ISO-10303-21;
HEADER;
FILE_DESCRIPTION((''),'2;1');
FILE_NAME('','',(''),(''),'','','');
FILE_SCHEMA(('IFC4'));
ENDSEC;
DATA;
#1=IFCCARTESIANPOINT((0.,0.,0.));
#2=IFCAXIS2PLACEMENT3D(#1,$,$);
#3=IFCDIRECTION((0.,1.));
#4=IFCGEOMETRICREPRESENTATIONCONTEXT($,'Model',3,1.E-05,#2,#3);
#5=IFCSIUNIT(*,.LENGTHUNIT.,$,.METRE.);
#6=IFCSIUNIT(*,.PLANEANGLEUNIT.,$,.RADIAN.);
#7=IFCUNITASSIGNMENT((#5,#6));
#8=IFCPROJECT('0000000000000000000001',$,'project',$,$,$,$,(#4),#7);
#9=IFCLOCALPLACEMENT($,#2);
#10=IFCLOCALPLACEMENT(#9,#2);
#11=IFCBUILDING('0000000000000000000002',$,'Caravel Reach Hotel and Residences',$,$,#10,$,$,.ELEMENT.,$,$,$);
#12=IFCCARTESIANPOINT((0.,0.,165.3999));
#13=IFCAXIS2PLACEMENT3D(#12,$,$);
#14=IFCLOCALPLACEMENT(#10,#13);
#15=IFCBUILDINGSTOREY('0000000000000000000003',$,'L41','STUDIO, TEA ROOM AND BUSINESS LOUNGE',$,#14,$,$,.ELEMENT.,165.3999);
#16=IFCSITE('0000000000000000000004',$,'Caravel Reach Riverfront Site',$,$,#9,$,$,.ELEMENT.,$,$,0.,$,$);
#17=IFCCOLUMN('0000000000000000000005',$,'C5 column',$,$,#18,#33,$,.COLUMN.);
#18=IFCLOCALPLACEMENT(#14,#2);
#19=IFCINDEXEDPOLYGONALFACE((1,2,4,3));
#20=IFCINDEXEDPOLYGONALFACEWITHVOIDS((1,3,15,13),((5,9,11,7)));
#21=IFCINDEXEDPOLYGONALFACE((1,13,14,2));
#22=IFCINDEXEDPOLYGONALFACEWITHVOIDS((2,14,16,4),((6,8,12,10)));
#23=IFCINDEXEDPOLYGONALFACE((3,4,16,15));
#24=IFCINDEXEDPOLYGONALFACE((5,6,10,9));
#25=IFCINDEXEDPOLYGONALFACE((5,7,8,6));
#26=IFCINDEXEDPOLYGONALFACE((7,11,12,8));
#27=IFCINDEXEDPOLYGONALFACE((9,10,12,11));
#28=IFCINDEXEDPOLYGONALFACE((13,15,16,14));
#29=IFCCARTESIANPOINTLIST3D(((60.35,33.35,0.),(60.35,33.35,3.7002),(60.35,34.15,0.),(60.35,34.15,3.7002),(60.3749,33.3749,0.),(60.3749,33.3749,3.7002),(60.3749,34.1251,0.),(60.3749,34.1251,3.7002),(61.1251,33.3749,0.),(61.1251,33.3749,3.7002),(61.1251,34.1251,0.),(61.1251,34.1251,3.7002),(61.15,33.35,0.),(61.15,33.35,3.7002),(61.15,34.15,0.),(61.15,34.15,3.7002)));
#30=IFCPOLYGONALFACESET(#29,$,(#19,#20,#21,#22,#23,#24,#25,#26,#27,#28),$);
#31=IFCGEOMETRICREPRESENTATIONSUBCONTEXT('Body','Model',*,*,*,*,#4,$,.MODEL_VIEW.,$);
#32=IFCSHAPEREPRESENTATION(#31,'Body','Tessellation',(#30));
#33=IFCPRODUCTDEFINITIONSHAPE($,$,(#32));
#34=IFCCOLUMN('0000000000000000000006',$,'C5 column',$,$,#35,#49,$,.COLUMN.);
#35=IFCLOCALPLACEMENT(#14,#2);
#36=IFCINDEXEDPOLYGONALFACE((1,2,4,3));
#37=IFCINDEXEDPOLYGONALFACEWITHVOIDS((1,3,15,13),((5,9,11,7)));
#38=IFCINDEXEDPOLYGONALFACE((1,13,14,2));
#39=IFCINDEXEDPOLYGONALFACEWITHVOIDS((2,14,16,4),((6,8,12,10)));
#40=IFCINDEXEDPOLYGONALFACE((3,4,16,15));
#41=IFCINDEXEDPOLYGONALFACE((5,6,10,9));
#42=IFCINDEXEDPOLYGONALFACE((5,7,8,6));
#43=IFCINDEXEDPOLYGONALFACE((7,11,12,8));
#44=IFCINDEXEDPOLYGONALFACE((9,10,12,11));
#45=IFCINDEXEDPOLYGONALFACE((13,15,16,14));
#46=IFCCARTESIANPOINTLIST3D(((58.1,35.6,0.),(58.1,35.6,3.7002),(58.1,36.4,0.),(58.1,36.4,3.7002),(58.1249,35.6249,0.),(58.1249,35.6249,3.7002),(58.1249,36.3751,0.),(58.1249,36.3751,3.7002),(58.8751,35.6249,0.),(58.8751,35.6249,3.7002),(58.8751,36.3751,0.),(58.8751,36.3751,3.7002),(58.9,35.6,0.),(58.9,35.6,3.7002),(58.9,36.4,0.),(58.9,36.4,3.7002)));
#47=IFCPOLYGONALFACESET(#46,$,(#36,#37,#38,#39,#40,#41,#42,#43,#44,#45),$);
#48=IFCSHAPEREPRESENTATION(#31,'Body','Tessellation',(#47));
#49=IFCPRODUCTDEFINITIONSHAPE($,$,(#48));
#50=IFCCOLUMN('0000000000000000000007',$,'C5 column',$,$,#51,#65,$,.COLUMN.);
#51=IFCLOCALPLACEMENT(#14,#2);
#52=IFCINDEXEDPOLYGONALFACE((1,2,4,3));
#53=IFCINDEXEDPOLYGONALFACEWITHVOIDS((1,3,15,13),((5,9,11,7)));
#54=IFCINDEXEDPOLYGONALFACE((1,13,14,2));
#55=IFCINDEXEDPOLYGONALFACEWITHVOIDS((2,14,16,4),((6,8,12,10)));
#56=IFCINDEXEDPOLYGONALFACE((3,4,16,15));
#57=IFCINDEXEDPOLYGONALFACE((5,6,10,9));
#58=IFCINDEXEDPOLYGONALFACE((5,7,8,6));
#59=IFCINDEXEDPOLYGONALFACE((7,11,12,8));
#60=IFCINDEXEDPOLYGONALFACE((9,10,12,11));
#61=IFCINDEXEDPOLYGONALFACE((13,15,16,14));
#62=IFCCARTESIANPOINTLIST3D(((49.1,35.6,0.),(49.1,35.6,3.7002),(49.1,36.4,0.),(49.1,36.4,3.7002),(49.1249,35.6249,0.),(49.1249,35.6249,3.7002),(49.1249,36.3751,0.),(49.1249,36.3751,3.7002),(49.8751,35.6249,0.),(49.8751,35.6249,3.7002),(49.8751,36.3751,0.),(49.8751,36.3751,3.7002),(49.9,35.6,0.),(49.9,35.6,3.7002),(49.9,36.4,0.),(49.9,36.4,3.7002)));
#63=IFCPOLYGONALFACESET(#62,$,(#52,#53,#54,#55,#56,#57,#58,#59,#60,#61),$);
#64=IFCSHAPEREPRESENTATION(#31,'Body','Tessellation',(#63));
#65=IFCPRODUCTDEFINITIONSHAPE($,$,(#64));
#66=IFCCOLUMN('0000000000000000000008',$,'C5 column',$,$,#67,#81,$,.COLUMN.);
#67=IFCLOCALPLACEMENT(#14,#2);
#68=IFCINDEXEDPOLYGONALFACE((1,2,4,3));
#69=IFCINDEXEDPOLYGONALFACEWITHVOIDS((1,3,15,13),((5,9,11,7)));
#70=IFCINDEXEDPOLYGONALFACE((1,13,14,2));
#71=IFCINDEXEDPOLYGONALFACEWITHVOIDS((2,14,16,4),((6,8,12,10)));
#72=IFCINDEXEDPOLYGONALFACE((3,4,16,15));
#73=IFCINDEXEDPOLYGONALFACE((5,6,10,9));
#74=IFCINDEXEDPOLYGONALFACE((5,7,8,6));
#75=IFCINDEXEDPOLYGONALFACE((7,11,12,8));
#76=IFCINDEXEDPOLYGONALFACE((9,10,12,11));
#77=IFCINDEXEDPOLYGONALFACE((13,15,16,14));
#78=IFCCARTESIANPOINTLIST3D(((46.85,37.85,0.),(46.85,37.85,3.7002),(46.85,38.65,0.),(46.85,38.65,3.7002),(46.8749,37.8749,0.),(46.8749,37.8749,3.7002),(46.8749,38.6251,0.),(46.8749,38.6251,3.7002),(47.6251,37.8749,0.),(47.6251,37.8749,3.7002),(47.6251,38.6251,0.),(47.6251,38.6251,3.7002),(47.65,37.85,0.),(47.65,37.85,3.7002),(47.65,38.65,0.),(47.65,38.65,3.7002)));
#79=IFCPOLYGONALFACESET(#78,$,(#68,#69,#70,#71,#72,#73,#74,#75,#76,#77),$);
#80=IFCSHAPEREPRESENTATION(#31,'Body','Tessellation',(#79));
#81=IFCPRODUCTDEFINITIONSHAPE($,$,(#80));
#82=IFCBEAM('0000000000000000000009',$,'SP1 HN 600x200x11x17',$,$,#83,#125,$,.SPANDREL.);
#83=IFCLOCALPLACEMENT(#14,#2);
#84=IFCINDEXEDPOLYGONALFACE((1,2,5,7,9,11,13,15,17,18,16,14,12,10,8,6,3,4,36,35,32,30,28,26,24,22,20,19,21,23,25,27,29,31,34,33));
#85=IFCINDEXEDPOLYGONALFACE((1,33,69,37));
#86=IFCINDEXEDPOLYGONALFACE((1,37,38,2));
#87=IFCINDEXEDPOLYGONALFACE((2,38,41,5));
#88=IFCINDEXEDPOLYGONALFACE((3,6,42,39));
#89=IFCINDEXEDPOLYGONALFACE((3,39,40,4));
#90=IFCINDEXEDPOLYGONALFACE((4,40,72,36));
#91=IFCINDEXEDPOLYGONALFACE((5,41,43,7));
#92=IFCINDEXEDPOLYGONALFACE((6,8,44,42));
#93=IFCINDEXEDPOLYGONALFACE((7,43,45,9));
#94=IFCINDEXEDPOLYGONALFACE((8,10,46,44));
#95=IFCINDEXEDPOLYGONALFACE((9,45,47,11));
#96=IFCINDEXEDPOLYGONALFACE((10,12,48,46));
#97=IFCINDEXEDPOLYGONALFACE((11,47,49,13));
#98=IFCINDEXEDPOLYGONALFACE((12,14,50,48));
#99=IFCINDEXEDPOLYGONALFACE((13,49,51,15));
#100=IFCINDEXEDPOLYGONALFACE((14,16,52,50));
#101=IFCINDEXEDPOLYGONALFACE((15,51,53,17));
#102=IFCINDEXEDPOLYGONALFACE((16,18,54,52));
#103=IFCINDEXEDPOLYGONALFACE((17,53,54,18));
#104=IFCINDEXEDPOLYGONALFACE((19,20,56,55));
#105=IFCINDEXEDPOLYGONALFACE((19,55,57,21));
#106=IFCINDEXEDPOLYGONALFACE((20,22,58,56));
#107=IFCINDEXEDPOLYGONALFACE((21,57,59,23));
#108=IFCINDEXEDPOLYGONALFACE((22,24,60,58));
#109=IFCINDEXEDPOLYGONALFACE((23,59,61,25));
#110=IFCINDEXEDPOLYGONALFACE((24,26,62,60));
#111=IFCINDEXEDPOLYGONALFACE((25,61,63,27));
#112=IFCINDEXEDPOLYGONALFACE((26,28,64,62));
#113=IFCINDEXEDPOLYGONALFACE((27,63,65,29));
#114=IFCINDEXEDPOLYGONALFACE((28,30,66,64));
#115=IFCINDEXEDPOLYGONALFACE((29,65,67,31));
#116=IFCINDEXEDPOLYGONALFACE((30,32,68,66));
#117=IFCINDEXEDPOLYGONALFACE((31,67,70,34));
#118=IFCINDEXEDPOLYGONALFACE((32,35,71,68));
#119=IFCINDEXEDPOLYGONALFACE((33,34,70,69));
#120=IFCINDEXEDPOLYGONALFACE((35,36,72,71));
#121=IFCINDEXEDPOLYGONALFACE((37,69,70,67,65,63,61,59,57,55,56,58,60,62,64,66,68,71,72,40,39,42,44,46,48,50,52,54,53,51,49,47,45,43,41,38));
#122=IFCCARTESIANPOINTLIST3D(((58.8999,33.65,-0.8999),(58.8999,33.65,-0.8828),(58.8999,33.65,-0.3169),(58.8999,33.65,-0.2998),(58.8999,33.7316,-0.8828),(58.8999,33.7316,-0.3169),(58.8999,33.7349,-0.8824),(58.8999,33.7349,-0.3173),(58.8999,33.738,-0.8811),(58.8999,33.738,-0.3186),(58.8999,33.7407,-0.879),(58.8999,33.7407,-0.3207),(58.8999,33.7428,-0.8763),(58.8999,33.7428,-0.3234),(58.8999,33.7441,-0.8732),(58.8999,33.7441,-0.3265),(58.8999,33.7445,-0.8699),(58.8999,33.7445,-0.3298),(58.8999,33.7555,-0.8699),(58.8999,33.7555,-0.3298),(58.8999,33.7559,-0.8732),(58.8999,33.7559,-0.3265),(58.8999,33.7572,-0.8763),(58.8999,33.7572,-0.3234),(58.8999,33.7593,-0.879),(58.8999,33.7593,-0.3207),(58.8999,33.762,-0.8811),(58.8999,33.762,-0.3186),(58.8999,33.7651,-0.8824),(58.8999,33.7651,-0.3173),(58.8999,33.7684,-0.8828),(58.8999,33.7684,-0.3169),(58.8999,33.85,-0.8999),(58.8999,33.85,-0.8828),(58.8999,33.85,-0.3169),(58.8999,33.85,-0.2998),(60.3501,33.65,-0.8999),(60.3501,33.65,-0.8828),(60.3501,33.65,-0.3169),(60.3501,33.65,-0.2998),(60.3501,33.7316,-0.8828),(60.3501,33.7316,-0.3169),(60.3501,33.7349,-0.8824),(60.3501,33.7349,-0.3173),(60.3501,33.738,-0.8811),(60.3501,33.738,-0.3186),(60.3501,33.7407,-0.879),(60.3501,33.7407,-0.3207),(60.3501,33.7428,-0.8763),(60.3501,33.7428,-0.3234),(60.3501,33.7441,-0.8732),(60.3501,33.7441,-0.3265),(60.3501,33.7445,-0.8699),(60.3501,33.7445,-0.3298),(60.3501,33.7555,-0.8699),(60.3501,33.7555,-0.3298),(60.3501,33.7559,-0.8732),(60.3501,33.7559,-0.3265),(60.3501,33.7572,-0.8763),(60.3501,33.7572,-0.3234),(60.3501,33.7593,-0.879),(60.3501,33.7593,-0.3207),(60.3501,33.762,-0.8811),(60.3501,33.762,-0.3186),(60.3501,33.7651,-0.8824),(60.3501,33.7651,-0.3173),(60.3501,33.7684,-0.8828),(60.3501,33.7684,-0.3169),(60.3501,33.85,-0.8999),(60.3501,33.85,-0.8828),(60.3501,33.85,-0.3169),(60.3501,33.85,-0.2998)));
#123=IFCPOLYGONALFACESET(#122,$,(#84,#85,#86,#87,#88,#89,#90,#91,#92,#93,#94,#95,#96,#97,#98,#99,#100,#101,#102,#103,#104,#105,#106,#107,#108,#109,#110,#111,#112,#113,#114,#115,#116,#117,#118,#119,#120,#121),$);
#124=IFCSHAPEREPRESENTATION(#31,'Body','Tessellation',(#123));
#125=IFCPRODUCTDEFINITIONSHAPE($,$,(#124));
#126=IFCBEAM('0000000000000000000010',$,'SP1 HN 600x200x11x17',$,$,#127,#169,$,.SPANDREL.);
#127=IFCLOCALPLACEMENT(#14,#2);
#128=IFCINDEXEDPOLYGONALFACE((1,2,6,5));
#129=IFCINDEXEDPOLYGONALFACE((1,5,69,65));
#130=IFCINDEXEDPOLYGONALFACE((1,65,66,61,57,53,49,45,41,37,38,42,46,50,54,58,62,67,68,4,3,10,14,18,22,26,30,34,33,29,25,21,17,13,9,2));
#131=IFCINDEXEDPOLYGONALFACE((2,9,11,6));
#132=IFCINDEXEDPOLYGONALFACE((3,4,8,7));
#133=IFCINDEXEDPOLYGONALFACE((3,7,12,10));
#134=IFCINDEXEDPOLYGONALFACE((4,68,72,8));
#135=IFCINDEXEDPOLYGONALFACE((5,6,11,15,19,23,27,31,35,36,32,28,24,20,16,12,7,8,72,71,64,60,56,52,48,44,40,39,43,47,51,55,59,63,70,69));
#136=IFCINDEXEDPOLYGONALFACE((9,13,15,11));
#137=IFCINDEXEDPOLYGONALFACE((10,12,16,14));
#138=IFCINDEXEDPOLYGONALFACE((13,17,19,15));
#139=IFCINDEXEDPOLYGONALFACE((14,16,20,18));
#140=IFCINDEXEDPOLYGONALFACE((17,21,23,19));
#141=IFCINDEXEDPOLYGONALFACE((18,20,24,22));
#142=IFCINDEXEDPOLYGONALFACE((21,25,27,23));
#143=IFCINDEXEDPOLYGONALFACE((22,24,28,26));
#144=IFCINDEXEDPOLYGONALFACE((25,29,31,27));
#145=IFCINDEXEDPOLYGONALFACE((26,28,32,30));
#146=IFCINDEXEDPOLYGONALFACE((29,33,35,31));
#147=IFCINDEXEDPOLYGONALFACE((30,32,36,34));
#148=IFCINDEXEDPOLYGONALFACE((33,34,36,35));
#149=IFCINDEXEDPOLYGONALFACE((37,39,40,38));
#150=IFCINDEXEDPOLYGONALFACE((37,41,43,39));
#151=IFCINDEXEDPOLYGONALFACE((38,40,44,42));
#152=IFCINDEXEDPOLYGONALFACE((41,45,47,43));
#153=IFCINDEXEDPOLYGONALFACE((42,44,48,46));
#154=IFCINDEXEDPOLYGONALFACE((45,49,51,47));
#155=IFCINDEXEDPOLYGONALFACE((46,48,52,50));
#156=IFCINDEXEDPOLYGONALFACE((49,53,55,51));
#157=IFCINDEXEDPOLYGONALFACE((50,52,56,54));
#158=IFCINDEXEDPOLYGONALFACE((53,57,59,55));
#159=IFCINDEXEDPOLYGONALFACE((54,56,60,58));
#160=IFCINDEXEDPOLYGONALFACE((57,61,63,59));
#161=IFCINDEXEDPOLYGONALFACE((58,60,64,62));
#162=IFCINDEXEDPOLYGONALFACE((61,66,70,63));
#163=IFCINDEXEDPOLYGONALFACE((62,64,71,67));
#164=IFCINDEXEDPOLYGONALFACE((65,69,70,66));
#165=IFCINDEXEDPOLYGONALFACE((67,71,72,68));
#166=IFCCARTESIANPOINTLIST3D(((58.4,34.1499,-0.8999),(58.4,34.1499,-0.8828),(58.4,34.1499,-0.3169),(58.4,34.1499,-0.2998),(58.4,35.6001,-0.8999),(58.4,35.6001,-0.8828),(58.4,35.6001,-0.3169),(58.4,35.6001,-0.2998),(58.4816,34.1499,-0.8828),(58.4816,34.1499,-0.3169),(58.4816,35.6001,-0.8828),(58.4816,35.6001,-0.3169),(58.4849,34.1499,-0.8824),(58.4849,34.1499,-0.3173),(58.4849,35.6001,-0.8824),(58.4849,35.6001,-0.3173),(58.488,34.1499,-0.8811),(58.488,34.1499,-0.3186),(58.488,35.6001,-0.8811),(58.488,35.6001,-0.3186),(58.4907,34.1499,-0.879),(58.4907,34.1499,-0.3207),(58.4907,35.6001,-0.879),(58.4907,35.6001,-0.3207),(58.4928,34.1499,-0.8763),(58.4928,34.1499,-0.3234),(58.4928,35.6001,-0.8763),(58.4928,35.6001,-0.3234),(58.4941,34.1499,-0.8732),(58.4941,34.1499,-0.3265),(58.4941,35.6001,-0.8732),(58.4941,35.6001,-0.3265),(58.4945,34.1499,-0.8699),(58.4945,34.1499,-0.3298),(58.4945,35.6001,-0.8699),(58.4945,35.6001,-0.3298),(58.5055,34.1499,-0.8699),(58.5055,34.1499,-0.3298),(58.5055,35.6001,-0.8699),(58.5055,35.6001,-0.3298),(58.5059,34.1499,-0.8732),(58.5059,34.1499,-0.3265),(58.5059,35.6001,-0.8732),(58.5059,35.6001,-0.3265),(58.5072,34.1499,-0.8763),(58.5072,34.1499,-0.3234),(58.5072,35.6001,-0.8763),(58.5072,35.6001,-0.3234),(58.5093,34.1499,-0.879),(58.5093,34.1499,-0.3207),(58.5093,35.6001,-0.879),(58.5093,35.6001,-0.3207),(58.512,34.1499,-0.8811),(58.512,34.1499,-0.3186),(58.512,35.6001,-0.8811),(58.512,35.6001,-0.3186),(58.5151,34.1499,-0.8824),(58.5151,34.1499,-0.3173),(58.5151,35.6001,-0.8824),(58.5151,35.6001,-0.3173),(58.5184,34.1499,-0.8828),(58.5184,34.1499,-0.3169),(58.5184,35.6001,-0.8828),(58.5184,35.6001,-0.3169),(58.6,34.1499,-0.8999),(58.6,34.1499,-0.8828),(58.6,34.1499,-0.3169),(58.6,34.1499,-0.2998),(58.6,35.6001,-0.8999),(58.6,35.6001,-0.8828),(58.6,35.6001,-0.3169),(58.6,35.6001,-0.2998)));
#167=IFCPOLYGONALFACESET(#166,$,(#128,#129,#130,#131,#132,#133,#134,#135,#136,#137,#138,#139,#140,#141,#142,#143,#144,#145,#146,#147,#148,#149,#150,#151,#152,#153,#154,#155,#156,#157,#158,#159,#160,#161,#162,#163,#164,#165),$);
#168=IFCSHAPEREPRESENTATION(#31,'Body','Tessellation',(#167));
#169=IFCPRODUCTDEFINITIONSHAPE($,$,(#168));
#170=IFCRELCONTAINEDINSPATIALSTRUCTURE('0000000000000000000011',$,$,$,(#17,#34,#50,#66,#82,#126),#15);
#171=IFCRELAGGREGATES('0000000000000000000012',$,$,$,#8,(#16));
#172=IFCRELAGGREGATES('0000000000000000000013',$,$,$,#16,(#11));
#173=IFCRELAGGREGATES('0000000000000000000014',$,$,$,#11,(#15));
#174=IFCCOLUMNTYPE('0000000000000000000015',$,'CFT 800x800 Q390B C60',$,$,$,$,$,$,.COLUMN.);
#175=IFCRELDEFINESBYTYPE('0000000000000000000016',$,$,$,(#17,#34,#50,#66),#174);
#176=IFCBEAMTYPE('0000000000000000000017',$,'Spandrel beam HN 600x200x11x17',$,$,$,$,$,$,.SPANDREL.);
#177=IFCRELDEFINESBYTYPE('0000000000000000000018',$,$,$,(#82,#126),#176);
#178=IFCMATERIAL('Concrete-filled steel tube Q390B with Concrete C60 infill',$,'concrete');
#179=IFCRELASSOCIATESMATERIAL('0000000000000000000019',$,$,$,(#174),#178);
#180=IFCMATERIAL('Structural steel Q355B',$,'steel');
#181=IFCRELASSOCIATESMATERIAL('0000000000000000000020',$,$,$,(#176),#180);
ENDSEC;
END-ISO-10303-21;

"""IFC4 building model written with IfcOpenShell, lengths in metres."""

from ifc_helpers import new_model, si_unit, direction, frame, origin, origin_2d, place, context, subcontext, project, spatial, hollow_rectangle, i_section, extrude, material, material_profile, profile_set, type_object, element, save


model = new_model("IFC4")

# Units and contexts
model_context = context("Model", 3, precision=1e-05, world=origin(), true_north=direction((0.0, 1.0)))
body_context = subcontext(model_context, "Body", "Model", "MODEL_VIEW")
ifc_project = project(units=[si_unit("LENGTHUNIT", "METRE"), si_unit("PLANEANGLEUNIT", "RADIAN")], contexts=[model_context])

# Site, building, storey
site_placement = place(None, origin())
site = spatial("IfcSite", under=ifc_project, at=site_placement, Name="Caravel Reach Riverfront Site", CompositionType="ELEMENT", RefElevation=0.0)
building_placement = place(site_placement, origin())
building = spatial("IfcBuilding", under=site, at=building_placement, Name="Caravel Reach Hotel and Residences", CompositionType="ELEMENT")
storey_placement = place(building_placement, frame((0.0, 0.0, 165.3999)))
storey = spatial("IfcBuildingStorey", under=building, at=storey_placement, Name="L41", Description="STUDIO, TEA ROOM AND BUSINESS LOUNGE", CompositionType="ELEMENT", Elevation=165.3999)

# Columns
ifc_material_1 = material(Name="Concrete-filled steel tube Q390B with Concrete C60 infill", Category="concrete")
ifc_material_profile_1 = material_profile(ifc_material_1, hollow_rectangle(XDim=0.8, YDim=0.8, WallThickness=0.0249, at=origin_2d()), Name="RHS 800x800x25")
ifc_profile_set_1 = profile_set([ifc_material_profile_1], Name="Concrete-filled steel tube Q390B with Concrete C60 infill")
column_type = type_object("IfcColumnType", Name="CFT 800x800 Q390B C60", PredefinedType="COLUMN", material=ifc_profile_set_1)
for number, where, z_axis, x_axis, name in (
    (1, (60.75, 33.75, 0.0), (0.0, 0.0, 1.0), (1.0, 0.0, 0.0), "C5 column"),
    (2, (58.5, 36.0, 0.0), (0.0, 0.0, 1.0), (1.0, 0.0, 0.0), "C5 column"),
    (3, (49.5, 36.0, 0.0), (0.0, 0.0, 1.0), (1.0, 0.0, 0.0), "C5 column"),
    (4, (47.25, 38.25, 0.0), (0.0, 0.0, 1.0), (1.0, 0.0, 0.0), "C5 column"),
):
    element("IfcColumn", number, at=place(storey_placement, frame(where, z_axis=z_axis, x_axis=x_axis)), inside=storey, type_object=column_type, Name=name, PredefinedType="COLUMN", context=body_context, shape_type="SweptSolid", body=[
        extrude(hollow_rectangle(XDim=0.8, YDim=0.8, WallThickness=0.0249, at=origin_2d()), origin(), (0.0, 0.0, 1.0), 3.7002),
    ])

# Beams
ifc_material_2 = material(Name="Structural steel Q355B", Category="steel")
ifc_material_profile_2 = material_profile(ifc_material_2, i_section(OverallWidth=0.2, OverallDepth=0.6001, WebThickness=0.011, FlangeThickness=0.0171, FilletRadius=0.0129, at=origin_2d()), Name="HN 600x200x11x17")
ifc_profile_set_2 = profile_set([ifc_material_profile_2], Name="Structural steel Q355B")
beam_type = type_object("IfcBeamType", Name="Spandrel beam HN 600x200x11x17", PredefinedType="SPANDREL", material=ifc_profile_set_2)
for number, where, z_axis, x_axis, name in (
    (5, (60.3501, 33.75, -0.5999), (-1.0, 0.0, 0.0), (0.0, -1.0, 0.0), "SP1 HN 600x200x11x17"),
    (6, (58.5, 34.1499, -0.5999), (0.0, 1.0, 0.0), (-1.0, 0.0, 0.0), "SP1 HN 600x200x11x17"),
):
    element("IfcBeam", number, at=place(storey_placement, frame(where, z_axis=z_axis, x_axis=x_axis)), inside=storey, type_object=beam_type, Name=name, PredefinedType="SPANDREL", context=body_context, shape_type="SweptSolid", body=[
        extrude(i_section(OverallWidth=0.2, OverallDepth=0.6001, WebThickness=0.011, FlangeThickness=0.0171, FilletRadius=0.0129, at=origin_2d()), origin(), (0.0, 0.0, 1.0), 1.4502),
    ])

save(model, "model.ifc")
